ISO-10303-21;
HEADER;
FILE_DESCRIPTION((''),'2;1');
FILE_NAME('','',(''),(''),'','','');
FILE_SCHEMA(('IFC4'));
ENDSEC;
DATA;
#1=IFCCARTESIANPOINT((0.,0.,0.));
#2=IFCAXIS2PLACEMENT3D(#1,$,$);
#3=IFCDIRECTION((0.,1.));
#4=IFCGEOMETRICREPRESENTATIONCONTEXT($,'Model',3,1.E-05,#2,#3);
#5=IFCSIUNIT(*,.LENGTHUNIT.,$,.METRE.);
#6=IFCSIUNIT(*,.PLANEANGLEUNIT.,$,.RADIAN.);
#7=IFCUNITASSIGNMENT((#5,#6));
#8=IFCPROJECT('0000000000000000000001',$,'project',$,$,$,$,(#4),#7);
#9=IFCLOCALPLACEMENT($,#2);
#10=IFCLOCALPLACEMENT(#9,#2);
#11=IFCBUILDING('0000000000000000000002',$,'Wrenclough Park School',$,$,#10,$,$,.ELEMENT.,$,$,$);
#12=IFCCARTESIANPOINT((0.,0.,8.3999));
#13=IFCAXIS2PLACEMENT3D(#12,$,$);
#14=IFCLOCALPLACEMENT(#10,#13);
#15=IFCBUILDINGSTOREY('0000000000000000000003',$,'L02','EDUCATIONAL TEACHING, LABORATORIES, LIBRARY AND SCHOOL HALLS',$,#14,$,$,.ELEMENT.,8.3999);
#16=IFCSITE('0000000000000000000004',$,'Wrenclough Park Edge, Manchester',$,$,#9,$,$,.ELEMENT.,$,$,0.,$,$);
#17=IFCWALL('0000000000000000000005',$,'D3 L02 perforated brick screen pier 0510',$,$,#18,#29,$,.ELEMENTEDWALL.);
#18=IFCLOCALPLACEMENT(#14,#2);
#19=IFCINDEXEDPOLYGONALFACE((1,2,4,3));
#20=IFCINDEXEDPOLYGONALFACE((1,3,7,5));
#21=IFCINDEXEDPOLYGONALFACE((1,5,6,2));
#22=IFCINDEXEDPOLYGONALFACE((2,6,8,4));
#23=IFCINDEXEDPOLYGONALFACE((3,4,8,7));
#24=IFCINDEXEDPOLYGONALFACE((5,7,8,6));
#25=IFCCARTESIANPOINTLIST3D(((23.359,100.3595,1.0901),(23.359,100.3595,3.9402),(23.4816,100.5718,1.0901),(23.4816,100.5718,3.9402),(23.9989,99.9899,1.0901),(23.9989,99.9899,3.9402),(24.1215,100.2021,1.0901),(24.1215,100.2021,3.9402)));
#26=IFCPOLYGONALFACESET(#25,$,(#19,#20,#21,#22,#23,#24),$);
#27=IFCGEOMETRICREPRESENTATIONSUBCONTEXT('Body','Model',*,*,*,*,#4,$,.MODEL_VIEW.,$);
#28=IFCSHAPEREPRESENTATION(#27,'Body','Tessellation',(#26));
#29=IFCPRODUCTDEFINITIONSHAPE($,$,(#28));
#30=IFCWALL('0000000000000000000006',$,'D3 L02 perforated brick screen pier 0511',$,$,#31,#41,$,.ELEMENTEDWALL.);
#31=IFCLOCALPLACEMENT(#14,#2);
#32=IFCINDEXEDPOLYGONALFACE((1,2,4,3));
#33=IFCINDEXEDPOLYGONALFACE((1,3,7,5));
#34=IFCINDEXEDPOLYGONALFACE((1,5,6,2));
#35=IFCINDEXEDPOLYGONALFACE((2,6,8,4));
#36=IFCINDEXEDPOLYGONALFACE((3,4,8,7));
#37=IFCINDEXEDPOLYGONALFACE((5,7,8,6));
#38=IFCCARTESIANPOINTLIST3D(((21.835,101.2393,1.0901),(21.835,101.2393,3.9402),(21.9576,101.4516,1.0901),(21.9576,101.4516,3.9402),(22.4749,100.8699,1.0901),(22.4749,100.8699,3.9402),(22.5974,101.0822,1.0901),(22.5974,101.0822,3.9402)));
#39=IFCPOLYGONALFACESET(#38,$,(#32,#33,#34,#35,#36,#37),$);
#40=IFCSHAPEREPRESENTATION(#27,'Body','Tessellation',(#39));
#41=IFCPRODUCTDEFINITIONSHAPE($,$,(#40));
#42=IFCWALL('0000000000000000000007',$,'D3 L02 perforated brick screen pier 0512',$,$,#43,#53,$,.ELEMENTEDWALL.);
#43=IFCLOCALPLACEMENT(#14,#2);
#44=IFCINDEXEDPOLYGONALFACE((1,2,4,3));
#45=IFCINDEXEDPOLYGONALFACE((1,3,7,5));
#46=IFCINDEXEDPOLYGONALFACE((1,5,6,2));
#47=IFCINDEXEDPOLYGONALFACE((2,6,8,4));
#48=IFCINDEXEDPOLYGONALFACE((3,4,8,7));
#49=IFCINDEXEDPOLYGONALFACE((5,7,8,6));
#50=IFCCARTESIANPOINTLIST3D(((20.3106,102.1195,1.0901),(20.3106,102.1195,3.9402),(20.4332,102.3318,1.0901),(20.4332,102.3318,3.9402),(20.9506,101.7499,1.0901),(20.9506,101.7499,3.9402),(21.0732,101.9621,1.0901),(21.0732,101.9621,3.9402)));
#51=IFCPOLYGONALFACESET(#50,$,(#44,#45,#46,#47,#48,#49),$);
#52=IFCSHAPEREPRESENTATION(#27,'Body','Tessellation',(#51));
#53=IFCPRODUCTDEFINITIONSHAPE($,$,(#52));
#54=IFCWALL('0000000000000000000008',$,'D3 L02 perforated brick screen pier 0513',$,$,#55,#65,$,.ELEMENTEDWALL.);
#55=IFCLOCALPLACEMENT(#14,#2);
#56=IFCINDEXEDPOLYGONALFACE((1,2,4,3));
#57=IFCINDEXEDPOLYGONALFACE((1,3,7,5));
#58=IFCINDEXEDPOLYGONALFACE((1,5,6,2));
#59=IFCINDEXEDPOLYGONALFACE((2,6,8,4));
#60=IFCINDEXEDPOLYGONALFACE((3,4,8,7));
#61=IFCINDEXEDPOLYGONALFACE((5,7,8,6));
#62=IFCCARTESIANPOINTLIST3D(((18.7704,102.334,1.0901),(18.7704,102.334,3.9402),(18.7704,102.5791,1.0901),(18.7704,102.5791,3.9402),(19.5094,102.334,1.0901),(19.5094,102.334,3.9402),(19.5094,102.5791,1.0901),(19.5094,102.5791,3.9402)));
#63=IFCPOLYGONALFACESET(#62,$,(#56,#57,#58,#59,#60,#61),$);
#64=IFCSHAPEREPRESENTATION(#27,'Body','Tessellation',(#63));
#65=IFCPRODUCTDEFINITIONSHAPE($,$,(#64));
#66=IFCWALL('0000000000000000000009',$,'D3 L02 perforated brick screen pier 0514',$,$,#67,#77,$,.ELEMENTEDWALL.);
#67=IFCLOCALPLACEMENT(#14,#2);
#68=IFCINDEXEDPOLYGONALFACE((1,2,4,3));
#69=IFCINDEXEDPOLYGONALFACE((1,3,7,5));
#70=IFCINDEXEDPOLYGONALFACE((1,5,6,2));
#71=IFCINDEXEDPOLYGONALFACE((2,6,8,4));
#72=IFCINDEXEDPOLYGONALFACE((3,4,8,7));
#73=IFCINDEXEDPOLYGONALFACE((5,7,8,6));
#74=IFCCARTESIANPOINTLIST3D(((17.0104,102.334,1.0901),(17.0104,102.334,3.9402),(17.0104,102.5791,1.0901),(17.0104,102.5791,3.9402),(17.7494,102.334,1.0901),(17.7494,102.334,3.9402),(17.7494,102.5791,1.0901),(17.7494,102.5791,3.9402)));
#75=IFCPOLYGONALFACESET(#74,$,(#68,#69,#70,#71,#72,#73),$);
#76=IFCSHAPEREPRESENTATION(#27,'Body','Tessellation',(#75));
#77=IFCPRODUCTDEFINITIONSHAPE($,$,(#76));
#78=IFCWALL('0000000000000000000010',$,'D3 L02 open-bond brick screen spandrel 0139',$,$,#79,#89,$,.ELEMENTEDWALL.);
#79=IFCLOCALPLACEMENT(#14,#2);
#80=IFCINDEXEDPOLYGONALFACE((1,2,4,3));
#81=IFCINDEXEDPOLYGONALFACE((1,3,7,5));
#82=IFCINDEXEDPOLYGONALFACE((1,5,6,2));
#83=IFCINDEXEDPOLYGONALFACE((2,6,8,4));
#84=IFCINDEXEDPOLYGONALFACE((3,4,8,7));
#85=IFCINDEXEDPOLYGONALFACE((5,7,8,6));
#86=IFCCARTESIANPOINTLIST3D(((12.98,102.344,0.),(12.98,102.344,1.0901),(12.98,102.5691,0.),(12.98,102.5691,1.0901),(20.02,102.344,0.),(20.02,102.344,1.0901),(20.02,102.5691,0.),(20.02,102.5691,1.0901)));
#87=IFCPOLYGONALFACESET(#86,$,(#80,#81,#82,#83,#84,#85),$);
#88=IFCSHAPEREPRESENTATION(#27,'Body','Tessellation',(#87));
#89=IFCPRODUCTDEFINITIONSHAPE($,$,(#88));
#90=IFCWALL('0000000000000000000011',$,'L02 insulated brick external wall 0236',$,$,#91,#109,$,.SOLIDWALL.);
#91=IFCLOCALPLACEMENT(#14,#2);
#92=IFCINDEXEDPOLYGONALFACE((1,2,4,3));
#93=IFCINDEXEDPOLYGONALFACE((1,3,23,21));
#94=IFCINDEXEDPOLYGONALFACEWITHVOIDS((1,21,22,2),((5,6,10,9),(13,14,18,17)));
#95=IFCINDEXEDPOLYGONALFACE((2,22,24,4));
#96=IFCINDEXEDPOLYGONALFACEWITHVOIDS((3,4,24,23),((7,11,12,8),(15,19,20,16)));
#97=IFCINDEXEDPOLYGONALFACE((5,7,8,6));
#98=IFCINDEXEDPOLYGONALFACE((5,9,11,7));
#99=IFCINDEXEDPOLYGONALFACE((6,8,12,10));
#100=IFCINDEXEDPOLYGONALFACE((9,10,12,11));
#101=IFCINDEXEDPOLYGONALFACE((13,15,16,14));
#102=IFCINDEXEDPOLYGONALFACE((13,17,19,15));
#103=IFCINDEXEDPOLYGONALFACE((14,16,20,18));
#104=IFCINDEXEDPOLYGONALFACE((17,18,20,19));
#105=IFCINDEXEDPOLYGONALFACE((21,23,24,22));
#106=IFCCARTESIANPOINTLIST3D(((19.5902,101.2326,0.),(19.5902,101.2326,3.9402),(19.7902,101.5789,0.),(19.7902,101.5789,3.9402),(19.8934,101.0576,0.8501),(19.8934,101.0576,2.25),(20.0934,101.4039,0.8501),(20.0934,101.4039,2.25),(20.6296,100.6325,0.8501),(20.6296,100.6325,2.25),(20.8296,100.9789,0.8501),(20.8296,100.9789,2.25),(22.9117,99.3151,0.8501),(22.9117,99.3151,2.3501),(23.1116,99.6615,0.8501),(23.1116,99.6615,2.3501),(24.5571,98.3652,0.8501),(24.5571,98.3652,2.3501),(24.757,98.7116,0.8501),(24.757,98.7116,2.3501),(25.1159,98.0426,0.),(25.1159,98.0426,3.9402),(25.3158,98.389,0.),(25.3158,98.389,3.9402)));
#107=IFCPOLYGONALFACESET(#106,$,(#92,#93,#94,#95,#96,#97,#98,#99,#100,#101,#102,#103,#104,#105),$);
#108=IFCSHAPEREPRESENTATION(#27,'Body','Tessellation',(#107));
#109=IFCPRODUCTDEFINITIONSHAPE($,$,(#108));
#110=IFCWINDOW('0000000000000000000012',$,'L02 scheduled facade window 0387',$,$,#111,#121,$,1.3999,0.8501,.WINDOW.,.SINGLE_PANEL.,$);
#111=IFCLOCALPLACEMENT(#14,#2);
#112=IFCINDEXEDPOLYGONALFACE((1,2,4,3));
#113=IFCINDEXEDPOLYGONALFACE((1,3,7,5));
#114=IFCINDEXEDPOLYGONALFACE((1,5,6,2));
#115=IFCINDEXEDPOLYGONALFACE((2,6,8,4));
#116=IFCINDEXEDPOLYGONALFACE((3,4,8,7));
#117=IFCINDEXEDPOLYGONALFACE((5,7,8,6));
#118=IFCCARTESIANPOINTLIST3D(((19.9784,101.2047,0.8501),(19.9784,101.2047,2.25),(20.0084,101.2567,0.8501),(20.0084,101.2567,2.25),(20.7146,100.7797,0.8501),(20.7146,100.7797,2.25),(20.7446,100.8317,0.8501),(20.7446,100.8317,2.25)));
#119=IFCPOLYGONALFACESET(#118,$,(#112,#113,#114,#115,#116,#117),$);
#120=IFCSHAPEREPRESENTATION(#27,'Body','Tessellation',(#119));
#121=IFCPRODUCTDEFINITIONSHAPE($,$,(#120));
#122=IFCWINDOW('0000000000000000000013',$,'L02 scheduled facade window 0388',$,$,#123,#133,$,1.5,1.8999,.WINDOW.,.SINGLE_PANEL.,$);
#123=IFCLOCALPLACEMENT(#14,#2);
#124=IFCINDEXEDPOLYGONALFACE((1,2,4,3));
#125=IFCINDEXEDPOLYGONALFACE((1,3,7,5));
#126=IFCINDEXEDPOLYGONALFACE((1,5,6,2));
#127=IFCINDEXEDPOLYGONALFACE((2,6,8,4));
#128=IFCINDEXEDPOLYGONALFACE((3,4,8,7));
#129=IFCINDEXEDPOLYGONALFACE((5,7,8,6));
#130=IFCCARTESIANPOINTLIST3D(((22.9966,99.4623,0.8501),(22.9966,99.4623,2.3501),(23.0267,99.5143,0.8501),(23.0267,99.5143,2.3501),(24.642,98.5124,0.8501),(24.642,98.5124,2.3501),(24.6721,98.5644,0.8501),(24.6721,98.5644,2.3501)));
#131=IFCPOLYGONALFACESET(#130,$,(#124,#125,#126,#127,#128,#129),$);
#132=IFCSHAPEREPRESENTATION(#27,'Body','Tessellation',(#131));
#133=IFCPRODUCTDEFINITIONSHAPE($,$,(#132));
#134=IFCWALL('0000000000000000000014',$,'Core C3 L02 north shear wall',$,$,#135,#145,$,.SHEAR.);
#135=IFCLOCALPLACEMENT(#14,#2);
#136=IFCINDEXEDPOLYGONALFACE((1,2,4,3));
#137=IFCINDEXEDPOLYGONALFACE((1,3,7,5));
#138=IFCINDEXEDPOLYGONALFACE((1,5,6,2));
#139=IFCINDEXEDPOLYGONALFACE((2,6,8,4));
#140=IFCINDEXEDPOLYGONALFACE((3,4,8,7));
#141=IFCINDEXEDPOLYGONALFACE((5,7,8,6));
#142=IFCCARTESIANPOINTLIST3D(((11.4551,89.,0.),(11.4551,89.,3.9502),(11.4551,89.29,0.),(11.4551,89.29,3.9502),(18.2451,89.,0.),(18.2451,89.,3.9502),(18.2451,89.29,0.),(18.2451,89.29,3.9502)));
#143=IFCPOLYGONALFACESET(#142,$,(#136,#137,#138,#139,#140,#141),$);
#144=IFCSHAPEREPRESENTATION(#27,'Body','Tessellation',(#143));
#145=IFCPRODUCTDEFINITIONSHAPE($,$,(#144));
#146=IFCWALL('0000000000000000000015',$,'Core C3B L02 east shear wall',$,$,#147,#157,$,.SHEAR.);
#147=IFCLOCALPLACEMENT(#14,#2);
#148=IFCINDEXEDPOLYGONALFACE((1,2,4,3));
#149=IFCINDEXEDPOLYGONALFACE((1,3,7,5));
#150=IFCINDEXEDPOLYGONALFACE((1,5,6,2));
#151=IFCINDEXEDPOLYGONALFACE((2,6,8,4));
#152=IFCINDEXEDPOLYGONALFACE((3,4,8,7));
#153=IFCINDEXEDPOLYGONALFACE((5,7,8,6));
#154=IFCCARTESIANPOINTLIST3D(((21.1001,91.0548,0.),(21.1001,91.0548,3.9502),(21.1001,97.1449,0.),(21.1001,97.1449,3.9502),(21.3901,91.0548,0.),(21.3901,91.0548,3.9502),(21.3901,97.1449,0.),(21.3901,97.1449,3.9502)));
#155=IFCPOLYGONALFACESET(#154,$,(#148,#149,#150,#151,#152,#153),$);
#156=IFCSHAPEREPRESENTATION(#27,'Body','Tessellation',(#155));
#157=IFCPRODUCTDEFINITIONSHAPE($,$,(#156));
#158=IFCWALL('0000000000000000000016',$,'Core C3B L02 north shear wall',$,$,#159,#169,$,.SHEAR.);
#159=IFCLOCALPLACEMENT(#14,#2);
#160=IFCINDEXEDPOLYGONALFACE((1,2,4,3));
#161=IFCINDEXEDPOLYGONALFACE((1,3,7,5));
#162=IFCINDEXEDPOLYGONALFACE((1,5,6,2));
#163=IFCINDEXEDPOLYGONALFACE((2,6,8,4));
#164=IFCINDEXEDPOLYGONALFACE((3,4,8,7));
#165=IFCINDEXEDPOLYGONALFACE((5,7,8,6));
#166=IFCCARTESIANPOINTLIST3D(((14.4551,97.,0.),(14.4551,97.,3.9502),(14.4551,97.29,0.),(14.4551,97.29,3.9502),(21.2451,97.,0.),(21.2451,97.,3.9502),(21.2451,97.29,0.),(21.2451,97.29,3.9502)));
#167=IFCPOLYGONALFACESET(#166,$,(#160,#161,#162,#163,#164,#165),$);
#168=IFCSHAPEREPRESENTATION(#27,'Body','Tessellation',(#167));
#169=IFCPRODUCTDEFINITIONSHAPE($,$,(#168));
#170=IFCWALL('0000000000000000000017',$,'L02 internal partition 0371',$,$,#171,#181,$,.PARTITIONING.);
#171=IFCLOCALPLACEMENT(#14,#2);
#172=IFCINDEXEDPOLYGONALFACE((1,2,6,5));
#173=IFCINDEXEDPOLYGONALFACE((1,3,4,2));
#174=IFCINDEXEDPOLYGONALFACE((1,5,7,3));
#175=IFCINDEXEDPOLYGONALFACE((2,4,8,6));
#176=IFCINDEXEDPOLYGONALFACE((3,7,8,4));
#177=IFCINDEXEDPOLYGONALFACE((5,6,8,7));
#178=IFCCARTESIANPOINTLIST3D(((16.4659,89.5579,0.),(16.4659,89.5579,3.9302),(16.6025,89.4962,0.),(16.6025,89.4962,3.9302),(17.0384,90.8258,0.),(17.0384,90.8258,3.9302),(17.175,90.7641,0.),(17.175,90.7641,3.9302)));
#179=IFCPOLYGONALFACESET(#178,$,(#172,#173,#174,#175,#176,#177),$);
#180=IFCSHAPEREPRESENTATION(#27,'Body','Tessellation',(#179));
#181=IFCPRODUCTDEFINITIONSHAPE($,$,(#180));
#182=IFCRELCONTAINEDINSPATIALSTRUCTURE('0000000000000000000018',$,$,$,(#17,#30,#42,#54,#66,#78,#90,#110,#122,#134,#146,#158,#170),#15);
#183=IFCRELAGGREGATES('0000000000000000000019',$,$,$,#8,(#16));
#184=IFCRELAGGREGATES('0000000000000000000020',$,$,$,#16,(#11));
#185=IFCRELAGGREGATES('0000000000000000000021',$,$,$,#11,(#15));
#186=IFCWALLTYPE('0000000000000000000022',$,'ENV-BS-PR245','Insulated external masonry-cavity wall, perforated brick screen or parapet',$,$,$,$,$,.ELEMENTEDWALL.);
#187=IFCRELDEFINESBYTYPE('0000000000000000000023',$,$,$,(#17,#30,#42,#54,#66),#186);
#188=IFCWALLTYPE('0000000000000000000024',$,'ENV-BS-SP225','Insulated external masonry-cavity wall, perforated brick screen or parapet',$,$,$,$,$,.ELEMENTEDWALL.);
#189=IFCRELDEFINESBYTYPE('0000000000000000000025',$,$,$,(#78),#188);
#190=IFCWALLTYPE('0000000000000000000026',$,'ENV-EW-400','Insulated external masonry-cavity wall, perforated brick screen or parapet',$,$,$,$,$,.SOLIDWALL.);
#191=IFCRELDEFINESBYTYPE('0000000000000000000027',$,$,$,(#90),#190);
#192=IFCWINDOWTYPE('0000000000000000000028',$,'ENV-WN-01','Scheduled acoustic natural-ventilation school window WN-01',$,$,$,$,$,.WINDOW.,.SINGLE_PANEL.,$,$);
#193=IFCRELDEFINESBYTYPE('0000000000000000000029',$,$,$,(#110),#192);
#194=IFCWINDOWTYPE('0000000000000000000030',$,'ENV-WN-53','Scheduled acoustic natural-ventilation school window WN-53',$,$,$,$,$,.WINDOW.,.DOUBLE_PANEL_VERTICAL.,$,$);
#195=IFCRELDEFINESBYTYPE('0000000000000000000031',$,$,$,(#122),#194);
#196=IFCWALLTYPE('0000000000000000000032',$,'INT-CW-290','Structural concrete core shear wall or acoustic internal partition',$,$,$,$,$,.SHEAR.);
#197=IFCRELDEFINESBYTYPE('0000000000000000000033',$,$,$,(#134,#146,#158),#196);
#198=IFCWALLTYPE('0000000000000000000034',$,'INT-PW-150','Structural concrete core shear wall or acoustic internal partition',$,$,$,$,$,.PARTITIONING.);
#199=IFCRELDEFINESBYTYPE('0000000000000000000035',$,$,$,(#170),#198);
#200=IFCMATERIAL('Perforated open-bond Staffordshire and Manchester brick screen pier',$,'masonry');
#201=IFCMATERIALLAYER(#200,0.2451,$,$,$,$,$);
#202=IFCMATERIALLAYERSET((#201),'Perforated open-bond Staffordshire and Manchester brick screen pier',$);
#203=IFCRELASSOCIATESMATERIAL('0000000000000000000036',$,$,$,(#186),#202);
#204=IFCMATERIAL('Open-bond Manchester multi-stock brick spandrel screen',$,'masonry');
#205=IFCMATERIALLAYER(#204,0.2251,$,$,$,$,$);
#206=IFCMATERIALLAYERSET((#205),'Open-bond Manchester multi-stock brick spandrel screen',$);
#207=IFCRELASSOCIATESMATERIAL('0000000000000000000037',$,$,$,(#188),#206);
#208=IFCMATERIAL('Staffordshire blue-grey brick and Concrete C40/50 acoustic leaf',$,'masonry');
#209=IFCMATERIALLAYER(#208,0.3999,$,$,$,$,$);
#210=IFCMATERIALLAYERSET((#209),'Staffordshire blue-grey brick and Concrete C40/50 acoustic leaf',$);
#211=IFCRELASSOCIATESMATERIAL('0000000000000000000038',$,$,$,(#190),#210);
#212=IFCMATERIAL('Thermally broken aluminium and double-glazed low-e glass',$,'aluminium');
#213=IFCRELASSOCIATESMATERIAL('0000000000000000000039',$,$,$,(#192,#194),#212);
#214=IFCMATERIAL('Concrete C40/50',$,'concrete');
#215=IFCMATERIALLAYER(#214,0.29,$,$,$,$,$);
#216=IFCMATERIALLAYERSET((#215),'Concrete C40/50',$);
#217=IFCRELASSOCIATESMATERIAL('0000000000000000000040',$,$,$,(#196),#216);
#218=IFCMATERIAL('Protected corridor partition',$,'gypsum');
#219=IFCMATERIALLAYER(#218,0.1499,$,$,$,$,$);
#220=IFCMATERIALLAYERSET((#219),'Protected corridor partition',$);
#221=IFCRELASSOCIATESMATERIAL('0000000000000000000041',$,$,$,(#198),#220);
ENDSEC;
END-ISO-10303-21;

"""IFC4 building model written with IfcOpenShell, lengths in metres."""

from ifc_helpers import new_model, si_unit, direction, frame, frame_2d, origin, place, context, subcontext, project, spatial, rectangle, extrude, material, layer, layer_set, type_object, element, fill, save


model = new_model("IFC4")

# Units and contexts
model_context = context("Model", 3, precision=1e-05, world=origin(), true_north=direction((0.0, 1.0)))
body_context = subcontext(model_context, "Body", "Model", "MODEL_VIEW")
ifc_project = project(units=[si_unit("LENGTHUNIT", "METRE"), si_unit("PLANEANGLEUNIT", "RADIAN")], contexts=[model_context])

# Site, building, storey
site_placement = place(None, origin())
site = spatial("IfcSite", under=ifc_project, at=site_placement, Name="Wrenclough Park Edge, Manchester", CompositionType="ELEMENT", RefElevation=0.0)
building_placement = place(site_placement, origin())
building = spatial("IfcBuilding", under=site, at=building_placement, Name="Wrenclough Park School", CompositionType="ELEMENT")
storey_placement = place(building_placement, frame((0.0, 0.0, 8.3999)))
storey = spatial("IfcBuildingStorey", under=building, at=storey_placement, Name="L02", Description="EDUCATIONAL TEACHING, LABORATORIES, LIBRARY AND SCHOOL HALLS", CompositionType="ELEMENT", Elevation=8.3999)

# Walls
ifc_material_1 = material(Name="Perforated open-bond Staffordshire and Manchester brick screen pier", Category="masonry")
ifc_layer_1 = layer(ifc_material_1, 0.2451)
ifc_layer_set_1 = layer_set([ifc_layer_1], Name="Perforated open-bond Staffordshire and Manchester brick screen pier")
wall_type_1 = type_object("IfcWallType", Name="ENV-BS-PR245", Description="Insulated external masonry-cavity wall, perforated brick screen or parapet", PredefinedType="ELEMENTEDWALL", material=ifc_layer_set_1)
wall_1_placement = place(storey_placement, frame((24.0603, 100.0959, 1.0901), z_axis=(0.0, 0.0, 1.0), x_axis=(-0.865916, 0.50019, 0.0)))
element("IfcWall", 1, at=wall_1_placement, inside=storey, type_object=wall_type_1, Name="D3 L02 perforated brick screen pier 0510", PredefinedType="ELEMENTEDWALL", context=body_context, shape_type="SweptSolid", body=[
    extrude(rectangle(XDim=0.739, YDim=0.2451, at=frame_2d((0.3696, 0.0))), origin(), (0.0, 0.0, 1.0), 2.8501),
])
wall_2_placement = place(storey_placement, frame((22.5361, 100.9761, 1.0901), z_axis=(0.0, 0.0, 1.0), x_axis=(-0.866059, 0.499942, 0.0)))
element("IfcWall", 2, at=wall_2_placement, inside=storey, type_object=wall_type_1, Name="D3 L02 perforated brick screen pier 0511", PredefinedType="ELEMENTEDWALL", context=body_context, shape_type="SweptSolid", body=[
    extrude(rectangle(XDim=0.7388, YDim=0.2451, at=frame_2d((0.3694, 0.0))), origin(), (0.0, 0.0, 1.0), 2.8501),
])
for number, where, z_axis, x_axis, name in (
    (3, (21.012, 101.856, 1.0901), (0.0, 0.0, 1.0), (-0.865916, 0.50019, 0.0), "D3 L02 perforated brick screen pier 0512"),
    (4, (19.5095, 102.4565, 1.0901), (0.0, 0.0, 1.0), (-1.0, 0.0, 0.0), "D3 L02 perforated brick screen pier 0513"),
    (5, (17.7495, 102.4565, 1.0901), (0.0, 0.0, 1.0), (-1.0, 0.0, 0.0), "D3 L02 perforated brick screen pier 0514"),
):
    element("IfcWall", number, at=place(storey_placement, frame(where, z_axis=z_axis, x_axis=x_axis)), inside=storey, type_object=wall_type_1, Name=name, PredefinedType="ELEMENTEDWALL", context=body_context, shape_type="SweptSolid", body=[
        extrude(rectangle(XDim=0.739, YDim=0.2451, at=frame_2d((0.3696, 0.0))), origin(), (0.0, 0.0, 1.0), 2.8501),
    ])
ifc_material_2 = material(Name="Open-bond Manchester multi-stock brick spandrel screen", Category="masonry")
ifc_layer_2 = layer(ifc_material_2, 0.2251)
ifc_layer_set_2 = layer_set([ifc_layer_2], Name="Open-bond Manchester multi-stock brick spandrel screen")
wall_type_2 = type_object("IfcWallType", Name="ENV-BS-SP225", Description="Insulated external masonry-cavity wall, perforated brick screen or parapet", PredefinedType="ELEMENTEDWALL", material=ifc_layer_set_2)
wall_3_placement = place(storey_placement, frame((20.02, 102.4565, 0.0), z_axis=(0.0, 0.0, 1.0), x_axis=(-1.0, 0.0, 0.0)))
element("IfcWall", 6, at=wall_3_placement, inside=storey, type_object=wall_type_2, Name="D3 L02 open-bond brick screen spandrel 0139", PredefinedType="ELEMENTEDWALL", context=body_context, shape_type="SweptSolid", body=[
    extrude(rectangle(XDim=7.04, YDim=0.2251, at=frame_2d((3.52, 0.0))), origin(), (0.0, 0.0, 1.0), 1.0901),
])

# Wall, openings, windows
ifc_material_3 = material(Name="Staffordshire blue-grey brick and Concrete C40/50 acoustic leaf", Category="masonry")
ifc_layer_3 = layer(ifc_material_3, 0.3999)
ifc_layer_set_3 = layer_set([ifc_layer_3], Name="Staffordshire blue-grey brick and Concrete C40/50 acoustic leaf")
wall_type_3 = type_object("IfcWallType", Name="ENV-EW-400", Description="Insulated external masonry-cavity wall, perforated brick screen or parapet", PredefinedType="SOLIDWALL", material=ifc_layer_set_3)
wall_4_placement = place(storey_placement, frame((19.6902, 101.4058, 0.0), z_axis=(0.0, 0.0, 1.0), x_axis=(0.866045, -0.499966, 0.0)))
wall_4 = element("IfcWall", 7, at=wall_4_placement, inside=storey, type_object=wall_type_3, Name="L02 insulated brick external wall 0236", PredefinedType="SOLIDWALL", context=body_context, shape_type="SweptSolid", body=[
    extrude(rectangle(XDim=6.3804, YDim=0.3999, at=frame_2d((3.1902, 0.0))), origin(), (0.0, 0.0, 1.0), 3.9402),
])
opening_1_placement = place(wall_4_placement, frame((0.3501, 0.0, 0.8501)))
opening_1 = element("IfcOpeningElement", 8, at=opening_1_placement, cuts=wall_4, PredefinedType="OPENING", context=body_context, shape_type="SweptSolid", body=[
    extrude(rectangle(XDim=0.8501, YDim=1.3999, at=frame_2d((0.425, 0.7))), frame((0.0, 0.21, 0.0), z_axis=(0.0, -1.0, 0.0), x_axis=(1.0, 0.0, 0.0)), (0.0, 0.0, 1.0), 0.4199),
])
opening_2_placement = place(wall_4_placement, frame((3.8352, 0.0, 0.8501)))
opening_2 = element("IfcOpeningElement", 9, at=opening_2_placement, cuts=wall_4, PredefinedType="OPENING", context=body_context, shape_type="SweptSolid", body=[
    extrude(rectangle(XDim=1.8999, YDim=1.5, at=frame_2d((0.95, 0.75))), frame((0.0, 0.21, 0.0), z_axis=(0.0, -1.0, 0.0), x_axis=(1.0, 0.0, 0.0)), (0.0, 0.0, 1.0), 0.4199),
])
ifc_material_4 = material(Name="Thermally broken aluminium and double-glazed low-e glass", Category="aluminium")
window_type_1 = type_object("IfcWindowType", Name="ENV-WN-01", Description="Scheduled acoustic natural-ventilation school window WN-01", PartitioningType="SINGLE_PANEL", PredefinedType="WINDOW", material=ifc_material_4)
window_1_placement = place(opening_1_placement, origin())
window_1 = element("IfcWindow", 10, at=window_1_placement, inside=storey, type_object=window_type_1, Name="L02 scheduled facade window 0387", OverallHeight=1.3999, OverallWidth=0.8501, PartitioningType="SINGLE_PANEL", PredefinedType="WINDOW", context=body_context, shape_type="SweptSolid", body=[
    extrude(rectangle(XDim=0.8501, YDim=1.3999, at=frame_2d((0.425, 0.7))), frame((0.0, 0.03, 0.0), z_axis=(0.0, -1.0, 0.0), x_axis=(1.0, 0.0, 0.0)), (0.0, 0.0, 1.0), 0.0601),
])
fill(opening_1, window_1)
window_type_2 = type_object("IfcWindowType", Name="ENV-WN-53", Description="Scheduled acoustic natural-ventilation school window WN-53", PartitioningType="DOUBLE_PANEL_VERTICAL", PredefinedType="WINDOW", material=ifc_material_4)
window_2_placement = place(opening_2_placement, origin())
window_2 = element("IfcWindow", 11, at=window_2_placement, inside=storey, type_object=window_type_2, Name="L02 scheduled facade window 0388", OverallHeight=1.5, OverallWidth=1.8999, PartitioningType="SINGLE_PANEL", PredefinedType="WINDOW", context=body_context, shape_type="SweptSolid", body=[
    extrude(rectangle(XDim=1.8999, YDim=1.5, at=frame_2d((0.95, 0.75))), frame((0.0, 0.03, 0.0), z_axis=(0.0, -1.0, 0.0), x_axis=(1.0, 0.0, 0.0)), (0.0, 0.0, 1.0), 0.0601),
])
fill(opening_2, window_2)

# Walls
ifc_material_5 = material(Name="Concrete C40/50", Category="concrete")
ifc_layer_4 = layer(ifc_material_5, 0.29)
ifc_layer_set_4 = layer_set([ifc_layer_4], Name="Concrete C40/50")
wall_type_4 = type_object("IfcWallType", Name="INT-CW-290", Description="Structural concrete core shear wall or acoustic internal partition", PredefinedType="SHEAR", material=ifc_layer_set_4)
wall_5_placement = place(storey_placement, frame((18.2451, 89.145, 0.0), z_axis=(0.0, 0.0, 1.0), x_axis=(-1.0, 0.0, 0.0)))
element("IfcWall", 12, at=wall_5_placement, inside=storey, type_object=wall_type_4, Name="Core C3 L02 north shear wall", PredefinedType="SHEAR", context=body_context, shape_type="SweptSolid", body=[
    extrude(rectangle(XDim=6.79, YDim=0.29, at=frame_2d((3.395, 0.0))), origin(), (0.0, 0.0, 1.0), 3.9502),
])
wall_6_placement = place(storey_placement, frame((21.2451, 91.0549, 0.0), z_axis=(0.0, 0.0, 1.0), x_axis=(0.0, 1.0, 0.0)))
element("IfcWall", 13, at=wall_6_placement, inside=storey, type_object=wall_type_4, Name="Core C3B L02 east shear wall", PredefinedType="SHEAR", context=body_context, shape_type="SweptSolid", body=[
    extrude(rectangle(XDim=6.0901, YDim=0.29, at=frame_2d((3.0449, 0.0))), origin(), (0.0, 0.0, 1.0), 3.9502),
])
wall_7_placement = place(storey_placement, frame((21.2451, 97.145, 0.0), z_axis=(0.0, 0.0, 1.0), x_axis=(-1.0, 0.0, 0.0)))
element("IfcWall", 14, at=wall_7_placement, inside=storey, type_object=wall_type_4, Name="Core C3B L02 north shear wall", PredefinedType="SHEAR", context=body_context, shape_type="SweptSolid", body=[
    extrude(rectangle(XDim=6.79, YDim=0.29, at=frame_2d((3.395, 0.0))), origin(), (0.0, 0.0, 1.0), 3.9502),
])
ifc_material_6 = material(Name="Protected corridor partition", Category="gypsum")
ifc_layer_5 = layer(ifc_material_6, 0.1499)
ifc_layer_set_5 = layer_set([ifc_layer_5], Name="Protected corridor partition")
wall_type_5 = type_object("IfcWallType", Name="INT-PW-150", Description="Structural concrete core shear wall or acoustic internal partition", PredefinedType="PARTITIONING", material=ifc_layer_set_5)
wall_8_placement = place(storey_placement, frame((17.1067, 90.7949, 0.0), z_axis=(0.0, 0.0, 1.0), x_axis=(-0.411554, -0.911385, 0.0)))
element("IfcWall", 15, at=wall_8_placement, inside=storey, type_object=wall_type_5, Name="L02 internal partition 0371", PredefinedType="PARTITIONING", context=body_context, shape_type="SweptSolid", body=[
    extrude(rectangle(XDim=1.3911, YDim=0.1499, at=frame_2d((0.6956, 0.0))), origin(), (0.0, 0.0, 1.0), 3.9302),
])

save(model, "model.ifc")
